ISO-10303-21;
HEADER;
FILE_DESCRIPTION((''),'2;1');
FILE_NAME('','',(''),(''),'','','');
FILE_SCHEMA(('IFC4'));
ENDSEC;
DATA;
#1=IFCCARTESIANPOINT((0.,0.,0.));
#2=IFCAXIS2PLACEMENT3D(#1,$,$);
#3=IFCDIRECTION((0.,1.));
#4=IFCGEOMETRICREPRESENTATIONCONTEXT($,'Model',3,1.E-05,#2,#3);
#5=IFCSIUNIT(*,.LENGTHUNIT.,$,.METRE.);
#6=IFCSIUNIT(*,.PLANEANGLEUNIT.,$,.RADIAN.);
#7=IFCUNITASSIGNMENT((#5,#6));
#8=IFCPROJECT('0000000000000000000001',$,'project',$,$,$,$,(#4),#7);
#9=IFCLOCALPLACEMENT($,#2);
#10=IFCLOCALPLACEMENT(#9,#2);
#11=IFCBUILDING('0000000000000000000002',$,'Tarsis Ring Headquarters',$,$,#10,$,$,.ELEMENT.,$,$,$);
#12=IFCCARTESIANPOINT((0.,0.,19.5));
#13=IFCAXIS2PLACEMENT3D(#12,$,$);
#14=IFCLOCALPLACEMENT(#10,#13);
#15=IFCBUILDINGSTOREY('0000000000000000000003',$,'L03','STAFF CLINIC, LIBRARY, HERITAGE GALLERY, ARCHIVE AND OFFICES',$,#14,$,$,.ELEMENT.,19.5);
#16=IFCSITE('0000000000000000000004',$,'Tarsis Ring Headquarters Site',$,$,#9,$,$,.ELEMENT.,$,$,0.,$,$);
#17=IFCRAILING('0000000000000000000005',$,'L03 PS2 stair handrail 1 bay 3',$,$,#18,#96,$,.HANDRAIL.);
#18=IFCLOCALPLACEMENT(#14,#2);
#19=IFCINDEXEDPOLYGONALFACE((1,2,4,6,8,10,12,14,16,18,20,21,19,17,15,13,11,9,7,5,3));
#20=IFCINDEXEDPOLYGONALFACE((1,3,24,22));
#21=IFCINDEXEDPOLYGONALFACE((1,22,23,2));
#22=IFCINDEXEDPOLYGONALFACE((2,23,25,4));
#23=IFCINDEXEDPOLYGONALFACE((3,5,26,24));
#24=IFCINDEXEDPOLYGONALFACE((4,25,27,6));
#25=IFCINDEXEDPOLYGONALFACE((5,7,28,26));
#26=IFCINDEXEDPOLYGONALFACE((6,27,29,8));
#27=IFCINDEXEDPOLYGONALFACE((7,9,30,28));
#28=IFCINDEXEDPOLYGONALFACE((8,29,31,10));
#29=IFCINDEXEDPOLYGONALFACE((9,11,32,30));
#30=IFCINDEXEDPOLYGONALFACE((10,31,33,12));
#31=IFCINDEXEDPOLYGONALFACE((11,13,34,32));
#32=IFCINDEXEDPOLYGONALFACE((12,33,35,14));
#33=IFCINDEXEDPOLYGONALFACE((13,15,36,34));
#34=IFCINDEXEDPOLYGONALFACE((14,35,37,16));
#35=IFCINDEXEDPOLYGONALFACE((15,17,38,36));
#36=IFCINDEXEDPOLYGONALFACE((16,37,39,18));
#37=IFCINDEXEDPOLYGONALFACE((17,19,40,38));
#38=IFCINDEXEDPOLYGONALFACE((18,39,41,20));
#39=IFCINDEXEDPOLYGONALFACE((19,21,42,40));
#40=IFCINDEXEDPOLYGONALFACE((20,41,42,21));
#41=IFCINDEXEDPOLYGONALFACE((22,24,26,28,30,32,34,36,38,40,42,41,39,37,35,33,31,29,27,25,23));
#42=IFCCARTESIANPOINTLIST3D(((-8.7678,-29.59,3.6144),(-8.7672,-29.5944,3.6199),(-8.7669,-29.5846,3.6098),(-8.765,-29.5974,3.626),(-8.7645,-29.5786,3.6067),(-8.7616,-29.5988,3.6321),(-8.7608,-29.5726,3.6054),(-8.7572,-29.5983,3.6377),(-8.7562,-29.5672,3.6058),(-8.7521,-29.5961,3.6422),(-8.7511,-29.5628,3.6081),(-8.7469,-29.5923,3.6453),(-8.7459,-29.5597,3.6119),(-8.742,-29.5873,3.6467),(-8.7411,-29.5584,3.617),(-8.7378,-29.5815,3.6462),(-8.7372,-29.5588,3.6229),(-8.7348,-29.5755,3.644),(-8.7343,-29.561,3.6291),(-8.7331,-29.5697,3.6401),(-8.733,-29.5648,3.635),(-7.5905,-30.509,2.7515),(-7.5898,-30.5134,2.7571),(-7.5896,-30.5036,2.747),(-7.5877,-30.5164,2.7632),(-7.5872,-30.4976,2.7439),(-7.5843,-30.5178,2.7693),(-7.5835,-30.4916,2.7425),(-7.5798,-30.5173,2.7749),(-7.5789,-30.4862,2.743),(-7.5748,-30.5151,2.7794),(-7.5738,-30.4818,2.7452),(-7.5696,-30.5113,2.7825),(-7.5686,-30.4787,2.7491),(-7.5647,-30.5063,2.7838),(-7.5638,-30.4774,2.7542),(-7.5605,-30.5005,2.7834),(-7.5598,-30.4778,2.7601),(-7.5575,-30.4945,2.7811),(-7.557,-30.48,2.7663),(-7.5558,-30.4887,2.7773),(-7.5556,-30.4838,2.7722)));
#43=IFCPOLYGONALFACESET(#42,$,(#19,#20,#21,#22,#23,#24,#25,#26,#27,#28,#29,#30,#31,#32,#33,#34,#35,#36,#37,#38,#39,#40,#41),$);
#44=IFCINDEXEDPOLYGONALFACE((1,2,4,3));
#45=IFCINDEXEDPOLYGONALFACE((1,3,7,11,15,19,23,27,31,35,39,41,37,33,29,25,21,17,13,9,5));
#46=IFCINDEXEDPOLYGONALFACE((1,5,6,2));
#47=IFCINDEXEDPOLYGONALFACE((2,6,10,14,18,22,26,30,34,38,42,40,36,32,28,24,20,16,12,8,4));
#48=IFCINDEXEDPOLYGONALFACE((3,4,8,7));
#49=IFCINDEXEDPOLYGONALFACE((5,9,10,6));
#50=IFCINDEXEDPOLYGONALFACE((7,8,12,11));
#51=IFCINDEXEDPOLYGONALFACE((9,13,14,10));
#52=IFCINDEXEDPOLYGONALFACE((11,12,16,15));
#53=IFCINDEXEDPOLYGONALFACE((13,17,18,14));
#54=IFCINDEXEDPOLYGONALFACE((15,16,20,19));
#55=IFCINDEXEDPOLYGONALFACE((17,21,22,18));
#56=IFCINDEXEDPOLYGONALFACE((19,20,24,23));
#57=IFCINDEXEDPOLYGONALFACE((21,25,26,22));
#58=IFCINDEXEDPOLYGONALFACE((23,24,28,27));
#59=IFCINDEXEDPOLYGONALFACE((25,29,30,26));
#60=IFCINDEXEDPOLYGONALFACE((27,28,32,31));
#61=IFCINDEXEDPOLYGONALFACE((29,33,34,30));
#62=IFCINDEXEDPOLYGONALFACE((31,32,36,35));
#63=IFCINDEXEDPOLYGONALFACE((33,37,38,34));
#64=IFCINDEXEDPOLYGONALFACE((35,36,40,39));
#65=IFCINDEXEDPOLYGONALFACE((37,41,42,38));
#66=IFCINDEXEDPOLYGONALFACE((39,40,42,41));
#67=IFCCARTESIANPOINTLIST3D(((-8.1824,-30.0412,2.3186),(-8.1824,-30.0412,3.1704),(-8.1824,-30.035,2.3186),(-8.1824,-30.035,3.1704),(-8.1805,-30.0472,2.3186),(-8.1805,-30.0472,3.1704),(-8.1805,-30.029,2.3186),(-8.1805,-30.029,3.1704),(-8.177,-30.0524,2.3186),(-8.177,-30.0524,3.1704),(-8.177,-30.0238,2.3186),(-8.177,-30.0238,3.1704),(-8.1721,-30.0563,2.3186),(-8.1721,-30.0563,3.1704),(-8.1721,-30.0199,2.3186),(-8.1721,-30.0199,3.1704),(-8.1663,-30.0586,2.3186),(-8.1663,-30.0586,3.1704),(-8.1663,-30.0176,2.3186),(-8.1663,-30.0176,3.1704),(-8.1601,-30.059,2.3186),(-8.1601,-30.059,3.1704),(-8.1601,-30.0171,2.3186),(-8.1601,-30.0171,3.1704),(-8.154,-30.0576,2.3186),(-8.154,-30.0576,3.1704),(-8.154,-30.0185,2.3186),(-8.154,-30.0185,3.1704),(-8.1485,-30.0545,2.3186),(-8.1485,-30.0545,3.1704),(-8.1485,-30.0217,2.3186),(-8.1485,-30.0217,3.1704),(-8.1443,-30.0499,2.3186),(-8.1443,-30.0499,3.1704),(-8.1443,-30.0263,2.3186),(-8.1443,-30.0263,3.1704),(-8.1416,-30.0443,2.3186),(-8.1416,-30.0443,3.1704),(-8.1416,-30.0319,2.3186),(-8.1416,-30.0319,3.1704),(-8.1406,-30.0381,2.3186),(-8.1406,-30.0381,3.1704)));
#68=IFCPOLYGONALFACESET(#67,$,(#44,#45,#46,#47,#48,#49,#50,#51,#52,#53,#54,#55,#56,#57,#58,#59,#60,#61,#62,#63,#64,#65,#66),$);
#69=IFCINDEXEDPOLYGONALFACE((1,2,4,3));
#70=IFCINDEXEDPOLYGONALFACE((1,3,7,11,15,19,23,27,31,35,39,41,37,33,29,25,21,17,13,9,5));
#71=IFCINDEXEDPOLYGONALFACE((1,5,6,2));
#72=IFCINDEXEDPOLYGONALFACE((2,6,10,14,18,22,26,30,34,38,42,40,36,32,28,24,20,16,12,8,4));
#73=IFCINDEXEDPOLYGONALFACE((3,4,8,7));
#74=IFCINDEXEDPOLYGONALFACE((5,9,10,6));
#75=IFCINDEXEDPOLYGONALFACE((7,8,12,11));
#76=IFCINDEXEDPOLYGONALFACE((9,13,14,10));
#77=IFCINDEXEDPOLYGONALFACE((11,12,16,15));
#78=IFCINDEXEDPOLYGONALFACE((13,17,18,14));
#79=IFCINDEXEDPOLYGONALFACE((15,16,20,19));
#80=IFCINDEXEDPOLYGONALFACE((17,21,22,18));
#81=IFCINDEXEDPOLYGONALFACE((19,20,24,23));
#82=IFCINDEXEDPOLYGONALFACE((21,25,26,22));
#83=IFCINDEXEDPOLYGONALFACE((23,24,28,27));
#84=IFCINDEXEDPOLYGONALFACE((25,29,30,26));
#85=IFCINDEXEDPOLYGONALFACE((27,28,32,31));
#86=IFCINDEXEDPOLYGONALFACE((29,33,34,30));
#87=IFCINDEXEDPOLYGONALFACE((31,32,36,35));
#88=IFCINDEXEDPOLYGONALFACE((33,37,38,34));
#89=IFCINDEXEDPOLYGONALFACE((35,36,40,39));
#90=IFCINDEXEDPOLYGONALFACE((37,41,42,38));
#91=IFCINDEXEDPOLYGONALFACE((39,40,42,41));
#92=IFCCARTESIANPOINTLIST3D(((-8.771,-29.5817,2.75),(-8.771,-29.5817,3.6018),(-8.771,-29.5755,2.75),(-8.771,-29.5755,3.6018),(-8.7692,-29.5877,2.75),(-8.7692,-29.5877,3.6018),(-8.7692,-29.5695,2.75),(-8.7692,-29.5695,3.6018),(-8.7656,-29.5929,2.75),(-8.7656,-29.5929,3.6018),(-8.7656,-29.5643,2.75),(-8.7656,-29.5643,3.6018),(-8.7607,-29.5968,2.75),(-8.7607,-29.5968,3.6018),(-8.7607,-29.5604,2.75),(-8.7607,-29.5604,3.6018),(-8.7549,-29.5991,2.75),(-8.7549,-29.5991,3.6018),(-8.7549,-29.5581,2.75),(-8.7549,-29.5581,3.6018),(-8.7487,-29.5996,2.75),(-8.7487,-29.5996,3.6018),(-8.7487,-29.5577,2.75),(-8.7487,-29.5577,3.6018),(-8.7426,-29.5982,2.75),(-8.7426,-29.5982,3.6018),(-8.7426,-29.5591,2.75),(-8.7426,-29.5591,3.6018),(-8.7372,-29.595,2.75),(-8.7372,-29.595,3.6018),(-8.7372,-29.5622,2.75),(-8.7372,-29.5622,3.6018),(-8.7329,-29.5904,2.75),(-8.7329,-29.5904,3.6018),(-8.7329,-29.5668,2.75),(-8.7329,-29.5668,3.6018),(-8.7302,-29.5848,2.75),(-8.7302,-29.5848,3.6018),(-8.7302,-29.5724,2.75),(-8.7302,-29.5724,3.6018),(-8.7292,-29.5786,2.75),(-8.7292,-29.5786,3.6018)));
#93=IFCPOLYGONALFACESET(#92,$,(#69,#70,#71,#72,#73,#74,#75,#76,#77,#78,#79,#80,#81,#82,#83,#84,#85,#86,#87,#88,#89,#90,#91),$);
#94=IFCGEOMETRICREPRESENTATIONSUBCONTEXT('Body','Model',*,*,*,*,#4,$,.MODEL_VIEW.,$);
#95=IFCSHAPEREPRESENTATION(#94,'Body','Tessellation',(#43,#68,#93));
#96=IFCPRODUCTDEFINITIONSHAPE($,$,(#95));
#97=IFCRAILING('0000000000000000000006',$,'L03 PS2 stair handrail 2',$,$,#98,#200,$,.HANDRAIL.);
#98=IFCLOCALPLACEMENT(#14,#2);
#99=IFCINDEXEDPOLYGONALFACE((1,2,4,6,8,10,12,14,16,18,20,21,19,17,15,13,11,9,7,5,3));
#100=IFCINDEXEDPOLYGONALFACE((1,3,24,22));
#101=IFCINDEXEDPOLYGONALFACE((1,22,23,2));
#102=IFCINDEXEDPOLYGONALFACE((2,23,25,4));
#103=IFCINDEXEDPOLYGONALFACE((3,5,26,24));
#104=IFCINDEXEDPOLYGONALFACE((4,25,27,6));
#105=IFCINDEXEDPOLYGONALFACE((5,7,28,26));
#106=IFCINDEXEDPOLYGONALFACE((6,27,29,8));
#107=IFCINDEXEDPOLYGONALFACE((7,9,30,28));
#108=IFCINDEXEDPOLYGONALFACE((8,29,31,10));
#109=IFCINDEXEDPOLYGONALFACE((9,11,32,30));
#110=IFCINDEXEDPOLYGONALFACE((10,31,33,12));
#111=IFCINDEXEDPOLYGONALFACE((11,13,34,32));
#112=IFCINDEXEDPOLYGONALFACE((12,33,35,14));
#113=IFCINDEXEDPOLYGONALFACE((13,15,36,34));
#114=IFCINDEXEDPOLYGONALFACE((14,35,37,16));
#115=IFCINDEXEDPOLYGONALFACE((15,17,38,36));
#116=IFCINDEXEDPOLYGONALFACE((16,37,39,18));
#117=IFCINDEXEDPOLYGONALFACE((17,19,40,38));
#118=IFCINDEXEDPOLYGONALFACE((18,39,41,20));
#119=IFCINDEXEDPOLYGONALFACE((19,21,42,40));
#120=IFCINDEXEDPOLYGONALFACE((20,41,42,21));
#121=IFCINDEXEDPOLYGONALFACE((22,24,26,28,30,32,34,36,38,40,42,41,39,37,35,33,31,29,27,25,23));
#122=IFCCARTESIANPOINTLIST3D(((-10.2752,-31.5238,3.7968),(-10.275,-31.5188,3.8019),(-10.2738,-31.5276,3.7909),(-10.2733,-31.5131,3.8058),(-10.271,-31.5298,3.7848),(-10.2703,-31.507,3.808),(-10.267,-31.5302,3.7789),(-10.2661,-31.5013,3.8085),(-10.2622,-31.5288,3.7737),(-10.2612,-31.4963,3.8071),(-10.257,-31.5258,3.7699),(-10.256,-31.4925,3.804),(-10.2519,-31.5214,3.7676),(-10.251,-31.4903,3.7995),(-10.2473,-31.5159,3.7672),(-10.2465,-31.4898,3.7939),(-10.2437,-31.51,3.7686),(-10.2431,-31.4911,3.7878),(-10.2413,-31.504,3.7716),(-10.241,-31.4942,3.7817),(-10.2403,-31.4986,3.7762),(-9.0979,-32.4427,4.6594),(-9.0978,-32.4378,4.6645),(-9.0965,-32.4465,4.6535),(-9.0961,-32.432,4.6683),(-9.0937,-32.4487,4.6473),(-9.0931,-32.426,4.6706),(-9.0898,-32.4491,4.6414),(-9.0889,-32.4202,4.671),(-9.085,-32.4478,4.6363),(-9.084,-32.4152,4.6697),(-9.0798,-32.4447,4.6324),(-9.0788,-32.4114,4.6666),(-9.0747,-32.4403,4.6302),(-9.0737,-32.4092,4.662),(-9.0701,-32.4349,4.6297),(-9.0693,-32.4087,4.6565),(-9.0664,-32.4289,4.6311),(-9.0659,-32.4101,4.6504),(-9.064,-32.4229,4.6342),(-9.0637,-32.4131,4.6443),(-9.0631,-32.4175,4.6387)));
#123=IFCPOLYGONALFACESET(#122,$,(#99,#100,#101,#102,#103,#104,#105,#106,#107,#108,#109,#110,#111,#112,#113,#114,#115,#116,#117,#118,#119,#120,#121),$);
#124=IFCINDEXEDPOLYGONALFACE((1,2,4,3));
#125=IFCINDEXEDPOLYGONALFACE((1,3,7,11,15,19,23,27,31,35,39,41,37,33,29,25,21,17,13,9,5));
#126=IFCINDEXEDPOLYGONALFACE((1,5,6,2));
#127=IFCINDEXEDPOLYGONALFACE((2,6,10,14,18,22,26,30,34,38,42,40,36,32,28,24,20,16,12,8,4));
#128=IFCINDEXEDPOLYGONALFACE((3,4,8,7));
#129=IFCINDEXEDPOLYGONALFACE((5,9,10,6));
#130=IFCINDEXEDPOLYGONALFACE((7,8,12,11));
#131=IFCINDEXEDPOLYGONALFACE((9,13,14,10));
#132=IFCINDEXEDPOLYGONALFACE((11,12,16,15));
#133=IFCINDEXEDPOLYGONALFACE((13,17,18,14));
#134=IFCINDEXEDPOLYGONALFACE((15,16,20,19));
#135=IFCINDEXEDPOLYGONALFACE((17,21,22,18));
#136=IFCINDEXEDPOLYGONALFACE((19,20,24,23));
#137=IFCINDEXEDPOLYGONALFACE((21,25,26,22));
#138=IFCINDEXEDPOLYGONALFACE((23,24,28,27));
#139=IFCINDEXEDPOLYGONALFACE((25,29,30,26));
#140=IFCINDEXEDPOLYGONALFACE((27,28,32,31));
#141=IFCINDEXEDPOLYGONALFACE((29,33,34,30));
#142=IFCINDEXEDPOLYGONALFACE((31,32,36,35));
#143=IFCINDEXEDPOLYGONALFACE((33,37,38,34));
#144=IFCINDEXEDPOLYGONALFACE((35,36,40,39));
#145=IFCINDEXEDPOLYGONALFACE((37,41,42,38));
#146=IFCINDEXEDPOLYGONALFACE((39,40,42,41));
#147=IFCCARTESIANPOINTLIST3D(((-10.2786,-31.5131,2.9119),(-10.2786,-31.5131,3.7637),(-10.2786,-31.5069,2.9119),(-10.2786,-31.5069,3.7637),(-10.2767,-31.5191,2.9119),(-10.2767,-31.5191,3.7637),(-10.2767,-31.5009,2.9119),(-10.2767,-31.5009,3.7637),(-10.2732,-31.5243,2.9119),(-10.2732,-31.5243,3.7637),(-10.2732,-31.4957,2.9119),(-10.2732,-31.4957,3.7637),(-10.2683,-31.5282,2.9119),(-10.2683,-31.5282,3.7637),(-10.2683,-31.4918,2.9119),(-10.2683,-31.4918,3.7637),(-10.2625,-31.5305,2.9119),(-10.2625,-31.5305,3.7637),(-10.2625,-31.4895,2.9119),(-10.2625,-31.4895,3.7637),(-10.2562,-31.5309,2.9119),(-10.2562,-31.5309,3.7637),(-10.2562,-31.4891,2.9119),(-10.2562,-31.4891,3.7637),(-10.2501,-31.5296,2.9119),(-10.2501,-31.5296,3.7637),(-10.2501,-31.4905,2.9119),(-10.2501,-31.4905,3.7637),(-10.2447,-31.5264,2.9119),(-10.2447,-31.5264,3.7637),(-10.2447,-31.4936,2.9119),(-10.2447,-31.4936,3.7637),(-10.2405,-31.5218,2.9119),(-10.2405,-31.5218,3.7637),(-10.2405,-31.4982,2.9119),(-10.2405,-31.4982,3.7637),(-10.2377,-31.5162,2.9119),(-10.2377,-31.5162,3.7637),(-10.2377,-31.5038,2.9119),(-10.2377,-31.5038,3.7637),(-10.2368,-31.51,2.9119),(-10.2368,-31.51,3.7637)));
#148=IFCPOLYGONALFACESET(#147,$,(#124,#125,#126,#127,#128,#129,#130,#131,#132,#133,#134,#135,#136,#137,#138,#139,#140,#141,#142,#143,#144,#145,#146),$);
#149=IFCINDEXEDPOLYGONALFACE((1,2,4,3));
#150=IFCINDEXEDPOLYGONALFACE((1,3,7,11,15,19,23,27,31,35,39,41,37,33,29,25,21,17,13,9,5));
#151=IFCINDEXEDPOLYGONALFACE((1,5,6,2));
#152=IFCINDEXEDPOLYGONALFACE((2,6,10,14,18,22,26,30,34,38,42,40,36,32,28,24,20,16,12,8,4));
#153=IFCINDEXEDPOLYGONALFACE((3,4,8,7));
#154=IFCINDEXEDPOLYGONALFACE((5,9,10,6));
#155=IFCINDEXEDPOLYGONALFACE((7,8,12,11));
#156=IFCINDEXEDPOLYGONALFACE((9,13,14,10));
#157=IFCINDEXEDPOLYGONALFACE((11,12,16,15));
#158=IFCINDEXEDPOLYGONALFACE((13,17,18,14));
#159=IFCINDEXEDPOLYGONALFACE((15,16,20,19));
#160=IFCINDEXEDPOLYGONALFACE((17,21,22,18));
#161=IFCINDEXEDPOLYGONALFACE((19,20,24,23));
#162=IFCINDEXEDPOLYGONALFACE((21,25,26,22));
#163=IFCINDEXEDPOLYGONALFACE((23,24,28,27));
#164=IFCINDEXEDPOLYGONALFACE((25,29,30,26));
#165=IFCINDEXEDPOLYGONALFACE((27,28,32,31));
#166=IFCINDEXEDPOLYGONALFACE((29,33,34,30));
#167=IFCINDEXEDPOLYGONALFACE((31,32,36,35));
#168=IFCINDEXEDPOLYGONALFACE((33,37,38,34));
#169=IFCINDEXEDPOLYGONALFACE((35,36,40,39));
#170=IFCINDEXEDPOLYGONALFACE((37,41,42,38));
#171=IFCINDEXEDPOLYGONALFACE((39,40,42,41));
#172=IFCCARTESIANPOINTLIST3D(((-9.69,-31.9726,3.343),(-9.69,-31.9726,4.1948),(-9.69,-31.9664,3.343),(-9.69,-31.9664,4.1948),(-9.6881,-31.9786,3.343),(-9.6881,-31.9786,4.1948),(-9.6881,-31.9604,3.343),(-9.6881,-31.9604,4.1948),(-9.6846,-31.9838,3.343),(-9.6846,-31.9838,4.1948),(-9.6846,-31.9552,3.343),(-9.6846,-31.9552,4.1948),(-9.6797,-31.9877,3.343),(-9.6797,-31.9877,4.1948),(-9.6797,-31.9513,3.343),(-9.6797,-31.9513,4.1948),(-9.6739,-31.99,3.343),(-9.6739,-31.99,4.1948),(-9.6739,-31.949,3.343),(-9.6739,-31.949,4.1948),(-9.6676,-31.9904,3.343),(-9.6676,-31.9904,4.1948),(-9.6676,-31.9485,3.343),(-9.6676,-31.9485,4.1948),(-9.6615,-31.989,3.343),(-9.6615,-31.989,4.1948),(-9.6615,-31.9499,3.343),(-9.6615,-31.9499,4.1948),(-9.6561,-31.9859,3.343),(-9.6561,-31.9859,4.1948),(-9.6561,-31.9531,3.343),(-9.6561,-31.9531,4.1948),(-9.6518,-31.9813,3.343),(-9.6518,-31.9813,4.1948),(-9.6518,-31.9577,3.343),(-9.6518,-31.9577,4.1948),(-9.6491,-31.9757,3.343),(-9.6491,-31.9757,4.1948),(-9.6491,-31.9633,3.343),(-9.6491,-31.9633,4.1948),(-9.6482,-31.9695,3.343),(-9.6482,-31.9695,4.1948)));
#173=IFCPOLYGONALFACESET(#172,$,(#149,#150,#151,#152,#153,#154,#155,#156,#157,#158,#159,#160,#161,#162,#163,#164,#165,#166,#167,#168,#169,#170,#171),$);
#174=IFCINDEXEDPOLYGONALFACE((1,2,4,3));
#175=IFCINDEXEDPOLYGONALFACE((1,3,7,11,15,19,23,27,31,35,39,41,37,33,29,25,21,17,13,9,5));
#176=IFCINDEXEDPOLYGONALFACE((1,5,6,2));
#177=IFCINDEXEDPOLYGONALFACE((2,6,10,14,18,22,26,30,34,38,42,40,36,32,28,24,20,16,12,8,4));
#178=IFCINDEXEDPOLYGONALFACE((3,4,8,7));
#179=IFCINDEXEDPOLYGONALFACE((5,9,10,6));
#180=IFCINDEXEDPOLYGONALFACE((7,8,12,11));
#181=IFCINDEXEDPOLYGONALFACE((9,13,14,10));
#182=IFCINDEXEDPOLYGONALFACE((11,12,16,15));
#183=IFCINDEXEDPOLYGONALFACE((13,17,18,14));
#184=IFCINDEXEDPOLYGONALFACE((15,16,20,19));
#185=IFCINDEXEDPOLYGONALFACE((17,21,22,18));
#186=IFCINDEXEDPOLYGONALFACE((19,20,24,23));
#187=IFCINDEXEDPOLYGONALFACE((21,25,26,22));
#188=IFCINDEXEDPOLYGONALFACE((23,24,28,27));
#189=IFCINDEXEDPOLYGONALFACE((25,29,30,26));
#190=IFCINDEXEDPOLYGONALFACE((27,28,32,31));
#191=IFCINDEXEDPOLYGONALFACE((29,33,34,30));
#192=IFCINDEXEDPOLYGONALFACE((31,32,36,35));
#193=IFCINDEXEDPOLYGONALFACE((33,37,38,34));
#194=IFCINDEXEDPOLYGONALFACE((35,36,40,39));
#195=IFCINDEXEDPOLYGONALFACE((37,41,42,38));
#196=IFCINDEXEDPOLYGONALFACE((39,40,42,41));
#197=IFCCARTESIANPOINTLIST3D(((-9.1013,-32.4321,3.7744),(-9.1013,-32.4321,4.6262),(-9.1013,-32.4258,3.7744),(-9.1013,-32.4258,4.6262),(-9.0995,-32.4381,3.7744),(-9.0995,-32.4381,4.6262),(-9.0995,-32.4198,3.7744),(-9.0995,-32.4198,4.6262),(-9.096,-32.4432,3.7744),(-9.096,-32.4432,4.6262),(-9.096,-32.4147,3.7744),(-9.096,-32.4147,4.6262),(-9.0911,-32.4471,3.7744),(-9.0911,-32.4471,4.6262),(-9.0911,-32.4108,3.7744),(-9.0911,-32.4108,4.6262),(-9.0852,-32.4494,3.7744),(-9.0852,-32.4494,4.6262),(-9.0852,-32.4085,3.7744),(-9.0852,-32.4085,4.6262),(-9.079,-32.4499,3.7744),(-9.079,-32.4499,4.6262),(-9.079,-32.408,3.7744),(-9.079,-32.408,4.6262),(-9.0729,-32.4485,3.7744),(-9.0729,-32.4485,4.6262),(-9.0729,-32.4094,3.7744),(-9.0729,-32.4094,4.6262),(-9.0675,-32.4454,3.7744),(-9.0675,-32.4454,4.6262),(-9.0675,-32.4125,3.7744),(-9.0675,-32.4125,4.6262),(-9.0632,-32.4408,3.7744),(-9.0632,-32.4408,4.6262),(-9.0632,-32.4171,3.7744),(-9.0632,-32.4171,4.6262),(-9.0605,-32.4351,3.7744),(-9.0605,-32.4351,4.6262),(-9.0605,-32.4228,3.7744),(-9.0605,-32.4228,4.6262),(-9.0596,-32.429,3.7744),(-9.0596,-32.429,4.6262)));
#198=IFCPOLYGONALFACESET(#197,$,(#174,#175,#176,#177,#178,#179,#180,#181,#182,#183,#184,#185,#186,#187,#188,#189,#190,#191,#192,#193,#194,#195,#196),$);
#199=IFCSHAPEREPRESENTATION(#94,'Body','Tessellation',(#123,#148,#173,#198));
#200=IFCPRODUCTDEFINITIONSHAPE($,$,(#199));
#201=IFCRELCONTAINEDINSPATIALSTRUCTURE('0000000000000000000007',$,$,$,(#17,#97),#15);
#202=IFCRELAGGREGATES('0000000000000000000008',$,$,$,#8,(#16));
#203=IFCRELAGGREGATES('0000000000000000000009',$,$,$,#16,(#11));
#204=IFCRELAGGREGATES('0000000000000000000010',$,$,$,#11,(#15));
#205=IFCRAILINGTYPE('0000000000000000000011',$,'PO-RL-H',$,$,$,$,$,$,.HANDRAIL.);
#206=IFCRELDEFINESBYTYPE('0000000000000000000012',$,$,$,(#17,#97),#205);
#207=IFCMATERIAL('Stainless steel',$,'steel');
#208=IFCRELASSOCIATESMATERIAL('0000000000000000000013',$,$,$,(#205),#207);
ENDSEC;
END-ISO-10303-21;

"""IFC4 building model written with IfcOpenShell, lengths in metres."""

from ifc_helpers import new_model, si_unit, direction, frame, origin, origin_2d, place, context, subcontext, project, spatial, circle, extrude, material, type_object, element, save


model = new_model("IFC4")

# Units and contexts
model_context = context("Model", 3, precision=1e-05, world=origin(), true_north=direction((0.0, 1.0)))
body_context = subcontext(model_context, "Body", "Model", "MODEL_VIEW")
ifc_project = project(units=[si_unit("LENGTHUNIT", "METRE"), si_unit("PLANEANGLEUNIT", "RADIAN")], contexts=[model_context])

# Site, building, storey
site_placement = place(None, origin())
site = spatial("IfcSite", under=ifc_project, at=site_placement, Name="Tarsis Ring Headquarters Site", CompositionType="ELEMENT", RefElevation=0.0)
building_placement = place(site_placement, origin())
building = spatial("IfcBuilding", under=site, at=building_placement, Name="Tarsis Ring Headquarters", CompositionType="ELEMENT")
storey_placement = place(building_placement, frame((0.0, 0.0, 19.5)))
storey = spatial("IfcBuildingStorey", under=building, at=storey_placement, Name="L03", Description="STAFF CLINIC, LIBRARY, HERITAGE GALLERY, ARCHIVE AND OFFICES", CompositionType="ELEMENT", Elevation=19.5)

# Railings
ifc_material_1 = material(Name="Stainless steel", Category="steel")
railing_type_1 = type_object("IfcRailingType", Name="PO-RL-H", PredefinedType="HANDRAIL", material=ifc_material_1)
railing_1_placement = place(storey_placement, frame((-7.573, -30.4976, 1.8872)))
element("IfcRailing", 1, at=railing_1_placement, inside=storey, type_object=railing_type_1, Name="L03 PS2 stair handrail 1 bay 3", PredefinedType="HANDRAIL", context=body_context, shape_type="SweptSolid", body=[
    extrude(circle(Radius=0.0239, at=origin_2d()), frame((0.0, 0.0, 0.876), z_axis=(-0.682558, 0.532798, 0.500241), x_axis=(-0.61532, -0.788277, 0.0)), (0.0, 0.0, 1.0), 1.7249),
    extrude(circle(Radius=0.021, at=origin_2d()), frame((-0.5886, 0.4595, 0.4314)), (0.0, 0.0, 1.0), 0.8518),
    extrude(circle(Radius=0.021, at=origin_2d()), frame((-1.1772, 0.9189, 0.8628)), (0.0, 0.0, 1.0), 0.8518),
])
railing_2_placement = place(storey_placement, frame((-10.2578, -31.51, 2.9119)))
element("IfcRailing", 2, at=railing_2_placement, inside=storey, type_object=railing_type_1, Name="L03 PS2 stair handrail 2", PredefinedType="HANDRAIL", context=body_context, shape_type="SweptSolid", body=[
    extrude(circle(Radius=0.0239, at=origin_2d()), frame((0.0, 0.0, 0.876), z_axis=(0.682607, -0.532835, 0.500135), x_axis=(0.61532, 0.788277, 0.0)), (0.0, 0.0, 1.0), 1.7246),
    extrude(circle(Radius=0.021, at=origin_2d()), origin(), (0.0, 0.0, 1.0), 0.8518),
    extrude(circle(Radius=0.021, at=origin_2d()), frame((0.5886, -0.4595, 0.4312)), (0.0, 0.0, 1.0), 0.8518),
    extrude(circle(Radius=0.021, at=origin_2d()), frame((1.1772, -0.9189, 0.8625)), (0.0, 0.0, 1.0), 0.8518),
])

save(model, "model.ifc")
